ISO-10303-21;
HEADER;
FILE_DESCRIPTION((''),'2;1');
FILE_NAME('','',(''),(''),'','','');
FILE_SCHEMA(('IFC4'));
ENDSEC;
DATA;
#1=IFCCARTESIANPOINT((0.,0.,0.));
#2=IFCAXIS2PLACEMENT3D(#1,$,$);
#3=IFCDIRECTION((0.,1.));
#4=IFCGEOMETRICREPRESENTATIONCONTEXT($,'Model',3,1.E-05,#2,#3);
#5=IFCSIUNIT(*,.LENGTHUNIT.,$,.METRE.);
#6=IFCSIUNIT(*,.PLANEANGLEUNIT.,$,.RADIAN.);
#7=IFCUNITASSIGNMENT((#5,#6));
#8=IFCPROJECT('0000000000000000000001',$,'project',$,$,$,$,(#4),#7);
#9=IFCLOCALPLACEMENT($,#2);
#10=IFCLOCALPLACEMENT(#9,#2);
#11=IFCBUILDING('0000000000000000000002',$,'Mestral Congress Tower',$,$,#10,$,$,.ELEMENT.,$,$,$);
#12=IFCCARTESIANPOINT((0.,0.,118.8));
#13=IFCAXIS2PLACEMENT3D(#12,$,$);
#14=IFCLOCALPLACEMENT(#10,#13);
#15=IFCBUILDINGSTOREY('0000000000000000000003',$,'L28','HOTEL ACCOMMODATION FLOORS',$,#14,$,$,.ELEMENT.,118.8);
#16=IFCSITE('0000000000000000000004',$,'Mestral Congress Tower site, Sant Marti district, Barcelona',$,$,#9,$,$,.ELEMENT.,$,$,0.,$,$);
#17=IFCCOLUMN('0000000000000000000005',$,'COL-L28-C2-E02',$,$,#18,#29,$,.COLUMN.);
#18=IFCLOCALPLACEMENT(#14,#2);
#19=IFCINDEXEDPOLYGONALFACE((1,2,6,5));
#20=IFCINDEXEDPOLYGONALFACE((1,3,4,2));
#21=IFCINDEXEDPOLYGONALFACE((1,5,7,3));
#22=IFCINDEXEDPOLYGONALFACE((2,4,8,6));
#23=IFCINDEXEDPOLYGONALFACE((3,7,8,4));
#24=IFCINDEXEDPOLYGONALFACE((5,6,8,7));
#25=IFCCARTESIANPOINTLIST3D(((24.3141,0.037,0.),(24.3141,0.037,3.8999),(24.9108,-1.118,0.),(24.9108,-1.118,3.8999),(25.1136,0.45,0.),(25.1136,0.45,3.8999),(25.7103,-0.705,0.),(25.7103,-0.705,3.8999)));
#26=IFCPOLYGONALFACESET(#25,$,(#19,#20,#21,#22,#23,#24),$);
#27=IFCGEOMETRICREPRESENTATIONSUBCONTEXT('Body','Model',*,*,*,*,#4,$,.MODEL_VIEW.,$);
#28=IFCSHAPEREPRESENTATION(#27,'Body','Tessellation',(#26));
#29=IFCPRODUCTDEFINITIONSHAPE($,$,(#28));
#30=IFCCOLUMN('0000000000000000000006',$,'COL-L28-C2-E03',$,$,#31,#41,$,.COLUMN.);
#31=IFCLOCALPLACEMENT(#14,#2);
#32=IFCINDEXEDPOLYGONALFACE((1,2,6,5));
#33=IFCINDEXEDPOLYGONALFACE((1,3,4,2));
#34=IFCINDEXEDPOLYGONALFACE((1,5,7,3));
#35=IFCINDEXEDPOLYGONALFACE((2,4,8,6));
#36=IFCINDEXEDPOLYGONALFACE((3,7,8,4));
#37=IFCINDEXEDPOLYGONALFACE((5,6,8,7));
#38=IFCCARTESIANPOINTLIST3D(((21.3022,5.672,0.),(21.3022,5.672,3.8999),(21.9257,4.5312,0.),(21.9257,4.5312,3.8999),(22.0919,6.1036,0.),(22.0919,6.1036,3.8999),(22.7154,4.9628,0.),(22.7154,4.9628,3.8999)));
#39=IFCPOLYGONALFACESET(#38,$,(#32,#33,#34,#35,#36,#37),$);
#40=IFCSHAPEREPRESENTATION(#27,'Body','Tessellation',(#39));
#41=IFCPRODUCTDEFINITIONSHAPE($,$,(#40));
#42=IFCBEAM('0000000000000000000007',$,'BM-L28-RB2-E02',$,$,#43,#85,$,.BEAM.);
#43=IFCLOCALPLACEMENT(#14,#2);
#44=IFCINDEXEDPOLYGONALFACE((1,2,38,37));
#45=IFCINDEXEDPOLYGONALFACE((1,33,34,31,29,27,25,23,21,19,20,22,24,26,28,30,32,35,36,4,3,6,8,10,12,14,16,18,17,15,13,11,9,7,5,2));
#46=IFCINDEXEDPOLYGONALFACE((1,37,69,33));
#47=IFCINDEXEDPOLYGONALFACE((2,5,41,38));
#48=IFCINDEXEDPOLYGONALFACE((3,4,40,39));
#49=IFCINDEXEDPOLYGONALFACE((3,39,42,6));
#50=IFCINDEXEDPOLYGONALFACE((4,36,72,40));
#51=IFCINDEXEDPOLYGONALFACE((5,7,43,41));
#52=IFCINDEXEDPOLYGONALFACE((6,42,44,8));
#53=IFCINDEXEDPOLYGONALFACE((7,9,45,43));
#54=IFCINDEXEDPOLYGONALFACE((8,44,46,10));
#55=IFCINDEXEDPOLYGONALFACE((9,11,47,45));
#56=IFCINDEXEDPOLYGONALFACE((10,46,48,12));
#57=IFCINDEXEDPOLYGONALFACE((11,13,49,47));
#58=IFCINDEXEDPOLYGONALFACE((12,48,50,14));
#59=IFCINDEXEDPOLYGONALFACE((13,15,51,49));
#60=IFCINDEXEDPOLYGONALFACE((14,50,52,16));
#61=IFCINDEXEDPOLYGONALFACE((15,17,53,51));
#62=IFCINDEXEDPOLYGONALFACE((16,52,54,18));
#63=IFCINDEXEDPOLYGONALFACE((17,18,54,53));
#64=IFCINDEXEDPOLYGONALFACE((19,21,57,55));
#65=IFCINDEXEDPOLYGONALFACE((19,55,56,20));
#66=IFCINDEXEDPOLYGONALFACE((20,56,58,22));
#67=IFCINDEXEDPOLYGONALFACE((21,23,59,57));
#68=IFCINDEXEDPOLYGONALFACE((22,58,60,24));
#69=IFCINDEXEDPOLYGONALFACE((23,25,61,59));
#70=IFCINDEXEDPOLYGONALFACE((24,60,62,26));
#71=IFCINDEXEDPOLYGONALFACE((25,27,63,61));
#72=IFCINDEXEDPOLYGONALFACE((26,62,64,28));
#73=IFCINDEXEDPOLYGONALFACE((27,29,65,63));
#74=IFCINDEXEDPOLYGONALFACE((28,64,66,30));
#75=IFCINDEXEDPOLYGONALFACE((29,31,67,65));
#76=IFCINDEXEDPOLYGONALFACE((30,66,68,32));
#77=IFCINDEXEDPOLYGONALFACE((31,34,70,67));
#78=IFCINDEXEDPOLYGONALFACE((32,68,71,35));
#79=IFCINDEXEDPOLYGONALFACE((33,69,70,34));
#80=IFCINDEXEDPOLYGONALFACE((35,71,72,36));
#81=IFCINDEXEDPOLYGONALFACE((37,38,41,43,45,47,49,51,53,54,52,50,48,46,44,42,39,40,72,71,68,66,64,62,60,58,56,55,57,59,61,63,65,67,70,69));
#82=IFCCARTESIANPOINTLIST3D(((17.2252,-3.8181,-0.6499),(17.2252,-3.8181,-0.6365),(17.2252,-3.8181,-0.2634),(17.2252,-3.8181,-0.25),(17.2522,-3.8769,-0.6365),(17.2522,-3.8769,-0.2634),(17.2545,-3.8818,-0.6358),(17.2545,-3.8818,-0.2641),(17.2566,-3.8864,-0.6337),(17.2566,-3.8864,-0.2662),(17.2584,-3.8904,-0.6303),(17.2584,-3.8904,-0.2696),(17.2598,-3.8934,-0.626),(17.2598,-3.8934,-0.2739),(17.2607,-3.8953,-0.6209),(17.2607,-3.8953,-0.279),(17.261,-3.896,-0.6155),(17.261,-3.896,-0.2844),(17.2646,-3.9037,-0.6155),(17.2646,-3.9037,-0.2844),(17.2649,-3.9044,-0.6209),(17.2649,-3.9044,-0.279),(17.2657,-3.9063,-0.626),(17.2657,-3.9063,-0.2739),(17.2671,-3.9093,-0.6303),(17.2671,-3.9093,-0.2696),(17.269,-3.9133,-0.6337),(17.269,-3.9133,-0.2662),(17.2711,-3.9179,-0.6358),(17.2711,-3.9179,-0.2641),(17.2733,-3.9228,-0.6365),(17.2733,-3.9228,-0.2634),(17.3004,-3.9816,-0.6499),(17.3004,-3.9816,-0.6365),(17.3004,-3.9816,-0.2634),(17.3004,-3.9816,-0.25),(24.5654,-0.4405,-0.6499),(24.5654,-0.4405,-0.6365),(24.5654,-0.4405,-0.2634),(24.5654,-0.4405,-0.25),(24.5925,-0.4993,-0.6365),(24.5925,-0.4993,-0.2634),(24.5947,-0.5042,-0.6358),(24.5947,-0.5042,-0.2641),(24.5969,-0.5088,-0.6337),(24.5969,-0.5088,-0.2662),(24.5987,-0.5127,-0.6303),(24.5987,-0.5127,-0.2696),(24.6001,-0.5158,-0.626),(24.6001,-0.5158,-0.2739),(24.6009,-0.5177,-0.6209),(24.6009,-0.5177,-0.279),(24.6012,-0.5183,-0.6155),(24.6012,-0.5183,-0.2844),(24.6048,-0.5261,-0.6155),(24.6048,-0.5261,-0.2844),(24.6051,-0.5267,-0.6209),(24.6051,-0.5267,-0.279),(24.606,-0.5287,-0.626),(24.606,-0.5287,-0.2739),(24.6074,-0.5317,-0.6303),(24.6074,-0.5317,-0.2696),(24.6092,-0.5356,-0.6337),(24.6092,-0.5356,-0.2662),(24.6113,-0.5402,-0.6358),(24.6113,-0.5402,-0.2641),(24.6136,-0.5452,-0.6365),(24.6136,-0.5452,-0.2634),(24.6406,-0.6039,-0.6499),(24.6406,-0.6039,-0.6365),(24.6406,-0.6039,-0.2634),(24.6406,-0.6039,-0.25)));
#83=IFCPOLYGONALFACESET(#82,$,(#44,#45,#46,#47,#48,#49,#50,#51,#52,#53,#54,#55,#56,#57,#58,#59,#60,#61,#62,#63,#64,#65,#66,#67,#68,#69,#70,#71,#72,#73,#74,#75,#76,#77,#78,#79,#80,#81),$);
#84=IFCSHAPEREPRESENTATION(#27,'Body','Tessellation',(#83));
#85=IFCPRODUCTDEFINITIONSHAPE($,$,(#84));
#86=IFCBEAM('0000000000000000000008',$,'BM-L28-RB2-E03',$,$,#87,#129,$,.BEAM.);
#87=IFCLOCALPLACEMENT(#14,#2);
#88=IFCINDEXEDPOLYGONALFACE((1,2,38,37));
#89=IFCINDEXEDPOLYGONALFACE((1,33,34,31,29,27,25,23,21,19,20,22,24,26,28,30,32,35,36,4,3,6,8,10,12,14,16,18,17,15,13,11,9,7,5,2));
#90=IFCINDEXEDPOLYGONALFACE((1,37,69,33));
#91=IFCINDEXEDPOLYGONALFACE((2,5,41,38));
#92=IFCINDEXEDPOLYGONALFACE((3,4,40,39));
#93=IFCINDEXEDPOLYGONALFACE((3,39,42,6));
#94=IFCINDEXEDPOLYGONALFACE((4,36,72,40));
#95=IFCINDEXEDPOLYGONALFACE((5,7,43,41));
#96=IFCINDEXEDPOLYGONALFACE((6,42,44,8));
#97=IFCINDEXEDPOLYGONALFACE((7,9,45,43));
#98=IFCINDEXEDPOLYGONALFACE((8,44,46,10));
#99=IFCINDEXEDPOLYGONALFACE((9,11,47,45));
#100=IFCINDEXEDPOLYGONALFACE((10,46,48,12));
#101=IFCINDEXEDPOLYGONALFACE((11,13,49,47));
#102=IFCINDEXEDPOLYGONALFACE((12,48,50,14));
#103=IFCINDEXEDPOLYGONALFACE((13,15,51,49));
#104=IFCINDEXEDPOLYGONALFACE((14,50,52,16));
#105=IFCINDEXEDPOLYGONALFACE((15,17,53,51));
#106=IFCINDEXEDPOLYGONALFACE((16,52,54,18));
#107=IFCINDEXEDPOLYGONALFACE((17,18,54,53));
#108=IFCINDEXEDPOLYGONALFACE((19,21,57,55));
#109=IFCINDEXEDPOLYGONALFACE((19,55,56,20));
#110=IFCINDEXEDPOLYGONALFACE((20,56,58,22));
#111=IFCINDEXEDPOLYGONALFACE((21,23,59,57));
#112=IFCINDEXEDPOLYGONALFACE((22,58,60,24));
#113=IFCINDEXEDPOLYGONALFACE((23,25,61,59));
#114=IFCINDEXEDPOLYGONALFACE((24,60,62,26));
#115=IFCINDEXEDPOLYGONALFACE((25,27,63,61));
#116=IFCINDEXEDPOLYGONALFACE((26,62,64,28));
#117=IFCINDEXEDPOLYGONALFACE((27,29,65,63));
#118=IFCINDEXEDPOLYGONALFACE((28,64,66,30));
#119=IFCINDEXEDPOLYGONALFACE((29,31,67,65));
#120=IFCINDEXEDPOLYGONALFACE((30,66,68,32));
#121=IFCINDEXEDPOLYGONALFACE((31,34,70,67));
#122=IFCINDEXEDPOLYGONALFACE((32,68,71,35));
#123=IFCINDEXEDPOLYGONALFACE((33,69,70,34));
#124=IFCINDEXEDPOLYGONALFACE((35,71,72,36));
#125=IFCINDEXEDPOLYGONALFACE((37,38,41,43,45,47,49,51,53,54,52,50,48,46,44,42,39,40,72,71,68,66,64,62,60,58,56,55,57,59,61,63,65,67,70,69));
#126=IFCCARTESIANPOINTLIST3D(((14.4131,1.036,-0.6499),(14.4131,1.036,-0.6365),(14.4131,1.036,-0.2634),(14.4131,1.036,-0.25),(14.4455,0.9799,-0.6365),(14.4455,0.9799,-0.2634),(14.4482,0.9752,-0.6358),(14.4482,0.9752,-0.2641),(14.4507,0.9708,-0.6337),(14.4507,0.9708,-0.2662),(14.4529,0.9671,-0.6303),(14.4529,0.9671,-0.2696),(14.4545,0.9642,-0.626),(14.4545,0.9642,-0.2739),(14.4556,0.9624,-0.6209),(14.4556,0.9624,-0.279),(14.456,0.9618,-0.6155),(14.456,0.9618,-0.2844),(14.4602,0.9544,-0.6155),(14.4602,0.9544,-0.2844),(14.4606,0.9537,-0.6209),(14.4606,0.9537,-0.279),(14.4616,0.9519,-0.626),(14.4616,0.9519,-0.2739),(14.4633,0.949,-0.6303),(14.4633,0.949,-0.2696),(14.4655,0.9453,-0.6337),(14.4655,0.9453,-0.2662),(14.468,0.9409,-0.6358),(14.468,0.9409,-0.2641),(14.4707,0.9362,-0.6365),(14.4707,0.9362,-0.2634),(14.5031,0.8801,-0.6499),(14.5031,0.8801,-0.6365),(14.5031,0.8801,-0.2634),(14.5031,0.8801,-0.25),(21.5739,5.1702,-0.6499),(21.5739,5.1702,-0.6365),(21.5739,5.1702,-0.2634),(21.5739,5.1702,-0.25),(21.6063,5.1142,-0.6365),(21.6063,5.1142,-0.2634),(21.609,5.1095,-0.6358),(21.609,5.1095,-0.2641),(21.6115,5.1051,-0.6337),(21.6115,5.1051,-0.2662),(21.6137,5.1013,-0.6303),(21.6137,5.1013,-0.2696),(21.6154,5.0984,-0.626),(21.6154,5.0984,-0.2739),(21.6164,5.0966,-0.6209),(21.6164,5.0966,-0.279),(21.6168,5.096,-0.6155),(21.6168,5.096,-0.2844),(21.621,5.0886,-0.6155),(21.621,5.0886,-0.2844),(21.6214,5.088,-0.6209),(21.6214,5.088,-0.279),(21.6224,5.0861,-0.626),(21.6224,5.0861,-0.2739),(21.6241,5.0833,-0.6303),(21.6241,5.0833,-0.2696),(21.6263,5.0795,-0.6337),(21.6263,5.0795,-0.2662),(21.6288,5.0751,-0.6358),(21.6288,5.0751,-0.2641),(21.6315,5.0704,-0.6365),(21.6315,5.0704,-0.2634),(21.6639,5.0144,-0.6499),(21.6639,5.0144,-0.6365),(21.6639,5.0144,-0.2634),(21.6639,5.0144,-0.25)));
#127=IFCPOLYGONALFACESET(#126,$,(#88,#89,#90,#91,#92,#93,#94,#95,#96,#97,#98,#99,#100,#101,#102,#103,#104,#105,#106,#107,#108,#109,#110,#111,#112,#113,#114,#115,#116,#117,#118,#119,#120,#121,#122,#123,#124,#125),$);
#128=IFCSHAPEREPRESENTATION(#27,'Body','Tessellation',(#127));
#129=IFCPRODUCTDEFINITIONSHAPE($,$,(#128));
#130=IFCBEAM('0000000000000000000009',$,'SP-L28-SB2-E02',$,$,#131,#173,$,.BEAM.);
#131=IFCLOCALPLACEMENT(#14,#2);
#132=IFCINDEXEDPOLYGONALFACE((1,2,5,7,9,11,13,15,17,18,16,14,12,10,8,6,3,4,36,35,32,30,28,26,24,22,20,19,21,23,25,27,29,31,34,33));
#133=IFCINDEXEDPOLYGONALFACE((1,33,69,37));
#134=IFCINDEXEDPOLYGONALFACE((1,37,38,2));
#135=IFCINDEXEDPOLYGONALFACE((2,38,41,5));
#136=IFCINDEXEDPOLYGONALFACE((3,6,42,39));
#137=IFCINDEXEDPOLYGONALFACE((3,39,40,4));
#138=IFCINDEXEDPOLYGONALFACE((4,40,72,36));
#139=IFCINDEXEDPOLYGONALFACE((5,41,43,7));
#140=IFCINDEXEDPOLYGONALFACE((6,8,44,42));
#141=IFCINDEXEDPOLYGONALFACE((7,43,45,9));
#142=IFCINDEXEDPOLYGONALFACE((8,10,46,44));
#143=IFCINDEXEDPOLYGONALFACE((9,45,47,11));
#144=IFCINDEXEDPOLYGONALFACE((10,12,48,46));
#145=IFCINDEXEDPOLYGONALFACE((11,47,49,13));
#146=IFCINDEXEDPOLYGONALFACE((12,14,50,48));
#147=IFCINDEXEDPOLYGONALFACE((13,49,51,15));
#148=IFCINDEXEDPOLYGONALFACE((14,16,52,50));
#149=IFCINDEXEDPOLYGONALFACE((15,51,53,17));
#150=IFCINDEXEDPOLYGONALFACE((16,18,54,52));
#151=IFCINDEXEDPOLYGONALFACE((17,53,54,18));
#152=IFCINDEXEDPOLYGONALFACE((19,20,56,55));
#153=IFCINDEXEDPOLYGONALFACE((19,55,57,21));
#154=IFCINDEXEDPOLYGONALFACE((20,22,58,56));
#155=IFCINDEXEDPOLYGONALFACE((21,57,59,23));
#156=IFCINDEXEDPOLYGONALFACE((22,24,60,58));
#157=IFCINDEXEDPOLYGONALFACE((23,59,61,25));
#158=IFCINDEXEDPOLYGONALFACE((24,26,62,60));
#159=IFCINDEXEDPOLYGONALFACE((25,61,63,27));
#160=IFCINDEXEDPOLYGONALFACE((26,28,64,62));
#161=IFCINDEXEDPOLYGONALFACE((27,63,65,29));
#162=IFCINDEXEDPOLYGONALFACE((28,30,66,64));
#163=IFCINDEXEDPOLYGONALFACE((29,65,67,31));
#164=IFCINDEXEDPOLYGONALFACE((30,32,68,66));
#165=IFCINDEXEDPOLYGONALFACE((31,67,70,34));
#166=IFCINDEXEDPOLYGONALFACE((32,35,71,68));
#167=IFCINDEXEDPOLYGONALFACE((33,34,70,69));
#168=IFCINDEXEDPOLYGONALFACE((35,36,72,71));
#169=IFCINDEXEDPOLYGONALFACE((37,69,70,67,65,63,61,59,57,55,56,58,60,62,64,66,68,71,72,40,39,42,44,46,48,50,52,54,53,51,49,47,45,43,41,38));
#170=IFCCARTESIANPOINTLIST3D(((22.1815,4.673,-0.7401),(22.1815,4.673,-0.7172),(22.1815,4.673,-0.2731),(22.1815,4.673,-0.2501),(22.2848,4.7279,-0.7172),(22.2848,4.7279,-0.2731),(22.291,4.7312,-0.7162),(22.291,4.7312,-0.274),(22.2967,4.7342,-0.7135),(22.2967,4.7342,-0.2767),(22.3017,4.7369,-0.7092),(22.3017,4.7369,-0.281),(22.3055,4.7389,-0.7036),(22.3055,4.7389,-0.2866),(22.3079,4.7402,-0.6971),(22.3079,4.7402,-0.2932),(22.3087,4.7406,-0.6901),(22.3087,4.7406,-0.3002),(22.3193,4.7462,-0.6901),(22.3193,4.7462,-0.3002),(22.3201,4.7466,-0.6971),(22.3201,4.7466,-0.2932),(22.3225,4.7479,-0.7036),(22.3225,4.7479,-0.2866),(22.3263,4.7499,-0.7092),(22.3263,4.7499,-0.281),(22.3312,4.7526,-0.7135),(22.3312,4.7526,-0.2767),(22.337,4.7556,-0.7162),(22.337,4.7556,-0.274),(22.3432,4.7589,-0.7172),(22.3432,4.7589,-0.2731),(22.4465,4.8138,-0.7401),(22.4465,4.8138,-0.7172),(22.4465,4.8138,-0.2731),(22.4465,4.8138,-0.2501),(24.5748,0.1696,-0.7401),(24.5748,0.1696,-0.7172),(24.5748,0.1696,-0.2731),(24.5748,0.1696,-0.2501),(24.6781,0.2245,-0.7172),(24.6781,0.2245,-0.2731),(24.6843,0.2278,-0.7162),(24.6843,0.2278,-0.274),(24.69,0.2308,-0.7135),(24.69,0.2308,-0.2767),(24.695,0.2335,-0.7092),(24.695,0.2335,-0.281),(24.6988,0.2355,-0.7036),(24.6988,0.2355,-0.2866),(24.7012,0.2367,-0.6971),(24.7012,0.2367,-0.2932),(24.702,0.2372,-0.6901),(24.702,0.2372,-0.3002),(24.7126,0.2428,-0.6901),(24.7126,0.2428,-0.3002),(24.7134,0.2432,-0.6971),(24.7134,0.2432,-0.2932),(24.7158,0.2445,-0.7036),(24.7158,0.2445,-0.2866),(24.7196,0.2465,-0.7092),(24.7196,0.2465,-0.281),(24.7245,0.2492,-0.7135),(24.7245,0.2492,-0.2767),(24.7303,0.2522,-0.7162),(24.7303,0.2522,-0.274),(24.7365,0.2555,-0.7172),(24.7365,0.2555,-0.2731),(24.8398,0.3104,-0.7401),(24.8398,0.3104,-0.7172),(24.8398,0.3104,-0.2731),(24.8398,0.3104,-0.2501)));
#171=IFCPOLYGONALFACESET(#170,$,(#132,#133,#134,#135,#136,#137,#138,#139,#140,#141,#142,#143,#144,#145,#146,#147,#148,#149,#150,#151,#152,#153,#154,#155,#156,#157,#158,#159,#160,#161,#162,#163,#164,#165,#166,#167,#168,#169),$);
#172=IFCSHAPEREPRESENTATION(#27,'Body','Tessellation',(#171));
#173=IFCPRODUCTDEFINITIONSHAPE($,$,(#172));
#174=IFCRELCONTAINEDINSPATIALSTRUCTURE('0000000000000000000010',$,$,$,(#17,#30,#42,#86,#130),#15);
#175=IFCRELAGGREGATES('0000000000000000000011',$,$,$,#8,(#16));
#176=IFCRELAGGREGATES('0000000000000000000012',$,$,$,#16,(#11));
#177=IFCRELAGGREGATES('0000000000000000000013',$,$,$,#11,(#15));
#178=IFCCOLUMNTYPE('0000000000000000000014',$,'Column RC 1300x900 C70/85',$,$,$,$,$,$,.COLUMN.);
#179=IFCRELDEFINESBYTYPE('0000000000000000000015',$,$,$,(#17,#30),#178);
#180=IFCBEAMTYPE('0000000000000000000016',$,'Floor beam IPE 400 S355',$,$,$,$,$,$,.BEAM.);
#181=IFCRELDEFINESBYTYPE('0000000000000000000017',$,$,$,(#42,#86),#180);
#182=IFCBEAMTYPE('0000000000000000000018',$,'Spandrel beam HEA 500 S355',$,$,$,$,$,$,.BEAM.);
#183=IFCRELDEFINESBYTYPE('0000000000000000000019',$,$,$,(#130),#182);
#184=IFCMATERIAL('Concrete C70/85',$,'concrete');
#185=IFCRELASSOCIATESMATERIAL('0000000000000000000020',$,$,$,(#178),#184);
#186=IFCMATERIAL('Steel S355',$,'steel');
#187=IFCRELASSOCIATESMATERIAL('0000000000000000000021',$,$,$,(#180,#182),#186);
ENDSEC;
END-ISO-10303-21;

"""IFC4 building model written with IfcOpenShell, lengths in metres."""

from ifc_helpers import new_model, si_unit, direction, frame, origin, origin_2d, place, context, subcontext, project, spatial, rectangle, i_section, extrude, material, material_profile, profile_set, type_object, element, save


model = new_model("IFC4")

# Units and contexts
model_context = context("Model", 3, precision=1e-05, world=origin(), true_north=direction((0.0, 1.0)))
body_context = subcontext(model_context, "Body", "Model", "MODEL_VIEW")
ifc_project = project(units=[si_unit("LENGTHUNIT", "METRE"), si_unit("PLANEANGLEUNIT", "RADIAN")], contexts=[model_context])

# Site, building, storey
site_placement = place(None, origin())
site = spatial("IfcSite", under=ifc_project, at=site_placement, Name="Mestral Congress Tower site, Sant Marti district, Barcelona", CompositionType="ELEMENT", RefElevation=0.0)
building_placement = place(site_placement, origin())
building = spatial("IfcBuilding", under=site, at=building_placement, Name="Mestral Congress Tower", CompositionType="ELEMENT")
storey_placement = place(building_placement, frame((0.0, 0.0, 118.8)))
storey = spatial("IfcBuildingStorey", under=building, at=storey_placement, Name="L28", Description="HOTEL ACCOMMODATION FLOORS", CompositionType="ELEMENT", Elevation=118.8)

# Columns
ifc_material_1 = material(Name="Concrete C70/85", Category="concrete")
ifc_material_profile_1 = material_profile(ifc_material_1, rectangle(XDim=1.3, YDim=0.8999, at=origin_2d()), Name="RC 1300x900")
ifc_profile_set_1 = profile_set([ifc_material_profile_1], Name="Concrete C70/85")
column_type = type_object("IfcColumnType", Name="Column RC 1300x900 C70/85", PredefinedType="COLUMN", material=ifc_profile_set_1)
for number, where, z_axis, x_axis, name in (
    (1, (25.0122, -0.334, 0.0), (0.0, 0.0, 1.0), (-0.458961, 0.888456, 0.0), "COL-L28-C2-E02"),
    (2, (22.0088, 5.3174, 0.0), (0.0, 0.0, 1.0), (-0.479613, 0.87748, 0.0), "COL-L28-C2-E03"),
):
    element("IfcColumn", number, at=place(storey_placement, frame(where, z_axis=z_axis, x_axis=x_axis)), inside=storey, type_object=column_type, Name=name, PredefinedType="COLUMN", context=body_context, shape_type="SweptSolid", body=[
        extrude(rectangle(XDim=1.3, YDim=0.8999, at=origin_2d()), origin(), (0.0, 0.0, 1.0), 3.8999),
    ])

# Beams
ifc_material_2 = material(Name="Steel S355", Category="steel")
ifc_material_profile_2 = material_profile(ifc_material_2, i_section(OverallWidth=0.1799, OverallDepth=0.3999, WebThickness=0.0085, FlangeThickness=0.0134, FilletRadius=0.021, at=origin_2d()), Name="IPE 400")
ifc_profile_set_2 = profile_set([ifc_material_profile_2], Name="Steel S355")
beam_type_1 = type_object("IfcBeamType", Name="Floor beam IPE 400 S355", PredefinedType="BEAM", material=ifc_profile_set_2)
beam_1_placement = place(storey_placement, frame((24.603, -0.5222, -0.45), z_axis=(-0.908437, -0.418021, 0.0), x_axis=(0.418021, -0.908437, 0.0)))
element("IfcBeam", 3, at=beam_1_placement, inside=storey, type_object=beam_type_1, Name="BM-L28-RB2-E02", PredefinedType="BEAM", context=body_context, shape_type="SweptSolid", body=[
    extrude(i_section(OverallWidth=0.1799, OverallDepth=0.3999, WebThickness=0.0085, FlangeThickness=0.0134, FilletRadius=0.021, at=origin_2d()), origin(), (0.0, 0.0, 1.0), 8.0801),
])
beam_2_placement = place(storey_placement, frame((21.6189, 5.0923, -0.45), z_axis=(-0.866029, -0.499994, 0.0), x_axis=(0.499994, -0.866029, 0.0)))
element("IfcBeam", 4, at=beam_2_placement, inside=storey, type_object=beam_type_1, Name="BM-L28-RB2-E03", PredefinedType="BEAM", context=body_context, shape_type="SweptSolid", body=[
    extrude(i_section(OverallWidth=0.1799, OverallDepth=0.3999, WebThickness=0.0085, FlangeThickness=0.0134, FilletRadius=0.021, at=origin_2d()), origin(), (0.0, 0.0, 1.0), 8.2686),
])
ifc_material_profile_3 = material_profile(ifc_material_2, i_section(OverallWidth=0.3, OverallDepth=0.49, WebThickness=0.012, FlangeThickness=0.0229, FilletRadius=0.0271, at=origin_2d()), Name="HEA 500")
ifc_profile_set_3 = profile_set([ifc_material_profile_3], Name="Steel S355")
beam_type_2 = type_object("IfcBeamType", Name="Spandrel beam HEA 500 S355", PredefinedType="BEAM", material=ifc_profile_set_3)
for number, where, z_axis, x_axis, name in (
    (5, (24.7073, 0.24, -0.4951), (-0.469288, 0.883045, 0.0), (-0.883045, -0.469288, 0.0), "SP-L28-SB2-E02"),
):
    element("IfcBeam", number, at=place(storey_placement, frame(where, z_axis=z_axis, x_axis=x_axis)), inside=storey, type_object=beam_type_2, Name=name, PredefinedType="BEAM", context=body_context, shape_type="SweptSolid", body=[
        extrude(i_section(OverallWidth=0.3, OverallDepth=0.49, WebThickness=0.012, FlangeThickness=0.0229, FilletRadius=0.0271, at=origin_2d()), origin(), (0.0, 0.0, 1.0), 5.0999),
    ])

save(model, "model.ifc")
